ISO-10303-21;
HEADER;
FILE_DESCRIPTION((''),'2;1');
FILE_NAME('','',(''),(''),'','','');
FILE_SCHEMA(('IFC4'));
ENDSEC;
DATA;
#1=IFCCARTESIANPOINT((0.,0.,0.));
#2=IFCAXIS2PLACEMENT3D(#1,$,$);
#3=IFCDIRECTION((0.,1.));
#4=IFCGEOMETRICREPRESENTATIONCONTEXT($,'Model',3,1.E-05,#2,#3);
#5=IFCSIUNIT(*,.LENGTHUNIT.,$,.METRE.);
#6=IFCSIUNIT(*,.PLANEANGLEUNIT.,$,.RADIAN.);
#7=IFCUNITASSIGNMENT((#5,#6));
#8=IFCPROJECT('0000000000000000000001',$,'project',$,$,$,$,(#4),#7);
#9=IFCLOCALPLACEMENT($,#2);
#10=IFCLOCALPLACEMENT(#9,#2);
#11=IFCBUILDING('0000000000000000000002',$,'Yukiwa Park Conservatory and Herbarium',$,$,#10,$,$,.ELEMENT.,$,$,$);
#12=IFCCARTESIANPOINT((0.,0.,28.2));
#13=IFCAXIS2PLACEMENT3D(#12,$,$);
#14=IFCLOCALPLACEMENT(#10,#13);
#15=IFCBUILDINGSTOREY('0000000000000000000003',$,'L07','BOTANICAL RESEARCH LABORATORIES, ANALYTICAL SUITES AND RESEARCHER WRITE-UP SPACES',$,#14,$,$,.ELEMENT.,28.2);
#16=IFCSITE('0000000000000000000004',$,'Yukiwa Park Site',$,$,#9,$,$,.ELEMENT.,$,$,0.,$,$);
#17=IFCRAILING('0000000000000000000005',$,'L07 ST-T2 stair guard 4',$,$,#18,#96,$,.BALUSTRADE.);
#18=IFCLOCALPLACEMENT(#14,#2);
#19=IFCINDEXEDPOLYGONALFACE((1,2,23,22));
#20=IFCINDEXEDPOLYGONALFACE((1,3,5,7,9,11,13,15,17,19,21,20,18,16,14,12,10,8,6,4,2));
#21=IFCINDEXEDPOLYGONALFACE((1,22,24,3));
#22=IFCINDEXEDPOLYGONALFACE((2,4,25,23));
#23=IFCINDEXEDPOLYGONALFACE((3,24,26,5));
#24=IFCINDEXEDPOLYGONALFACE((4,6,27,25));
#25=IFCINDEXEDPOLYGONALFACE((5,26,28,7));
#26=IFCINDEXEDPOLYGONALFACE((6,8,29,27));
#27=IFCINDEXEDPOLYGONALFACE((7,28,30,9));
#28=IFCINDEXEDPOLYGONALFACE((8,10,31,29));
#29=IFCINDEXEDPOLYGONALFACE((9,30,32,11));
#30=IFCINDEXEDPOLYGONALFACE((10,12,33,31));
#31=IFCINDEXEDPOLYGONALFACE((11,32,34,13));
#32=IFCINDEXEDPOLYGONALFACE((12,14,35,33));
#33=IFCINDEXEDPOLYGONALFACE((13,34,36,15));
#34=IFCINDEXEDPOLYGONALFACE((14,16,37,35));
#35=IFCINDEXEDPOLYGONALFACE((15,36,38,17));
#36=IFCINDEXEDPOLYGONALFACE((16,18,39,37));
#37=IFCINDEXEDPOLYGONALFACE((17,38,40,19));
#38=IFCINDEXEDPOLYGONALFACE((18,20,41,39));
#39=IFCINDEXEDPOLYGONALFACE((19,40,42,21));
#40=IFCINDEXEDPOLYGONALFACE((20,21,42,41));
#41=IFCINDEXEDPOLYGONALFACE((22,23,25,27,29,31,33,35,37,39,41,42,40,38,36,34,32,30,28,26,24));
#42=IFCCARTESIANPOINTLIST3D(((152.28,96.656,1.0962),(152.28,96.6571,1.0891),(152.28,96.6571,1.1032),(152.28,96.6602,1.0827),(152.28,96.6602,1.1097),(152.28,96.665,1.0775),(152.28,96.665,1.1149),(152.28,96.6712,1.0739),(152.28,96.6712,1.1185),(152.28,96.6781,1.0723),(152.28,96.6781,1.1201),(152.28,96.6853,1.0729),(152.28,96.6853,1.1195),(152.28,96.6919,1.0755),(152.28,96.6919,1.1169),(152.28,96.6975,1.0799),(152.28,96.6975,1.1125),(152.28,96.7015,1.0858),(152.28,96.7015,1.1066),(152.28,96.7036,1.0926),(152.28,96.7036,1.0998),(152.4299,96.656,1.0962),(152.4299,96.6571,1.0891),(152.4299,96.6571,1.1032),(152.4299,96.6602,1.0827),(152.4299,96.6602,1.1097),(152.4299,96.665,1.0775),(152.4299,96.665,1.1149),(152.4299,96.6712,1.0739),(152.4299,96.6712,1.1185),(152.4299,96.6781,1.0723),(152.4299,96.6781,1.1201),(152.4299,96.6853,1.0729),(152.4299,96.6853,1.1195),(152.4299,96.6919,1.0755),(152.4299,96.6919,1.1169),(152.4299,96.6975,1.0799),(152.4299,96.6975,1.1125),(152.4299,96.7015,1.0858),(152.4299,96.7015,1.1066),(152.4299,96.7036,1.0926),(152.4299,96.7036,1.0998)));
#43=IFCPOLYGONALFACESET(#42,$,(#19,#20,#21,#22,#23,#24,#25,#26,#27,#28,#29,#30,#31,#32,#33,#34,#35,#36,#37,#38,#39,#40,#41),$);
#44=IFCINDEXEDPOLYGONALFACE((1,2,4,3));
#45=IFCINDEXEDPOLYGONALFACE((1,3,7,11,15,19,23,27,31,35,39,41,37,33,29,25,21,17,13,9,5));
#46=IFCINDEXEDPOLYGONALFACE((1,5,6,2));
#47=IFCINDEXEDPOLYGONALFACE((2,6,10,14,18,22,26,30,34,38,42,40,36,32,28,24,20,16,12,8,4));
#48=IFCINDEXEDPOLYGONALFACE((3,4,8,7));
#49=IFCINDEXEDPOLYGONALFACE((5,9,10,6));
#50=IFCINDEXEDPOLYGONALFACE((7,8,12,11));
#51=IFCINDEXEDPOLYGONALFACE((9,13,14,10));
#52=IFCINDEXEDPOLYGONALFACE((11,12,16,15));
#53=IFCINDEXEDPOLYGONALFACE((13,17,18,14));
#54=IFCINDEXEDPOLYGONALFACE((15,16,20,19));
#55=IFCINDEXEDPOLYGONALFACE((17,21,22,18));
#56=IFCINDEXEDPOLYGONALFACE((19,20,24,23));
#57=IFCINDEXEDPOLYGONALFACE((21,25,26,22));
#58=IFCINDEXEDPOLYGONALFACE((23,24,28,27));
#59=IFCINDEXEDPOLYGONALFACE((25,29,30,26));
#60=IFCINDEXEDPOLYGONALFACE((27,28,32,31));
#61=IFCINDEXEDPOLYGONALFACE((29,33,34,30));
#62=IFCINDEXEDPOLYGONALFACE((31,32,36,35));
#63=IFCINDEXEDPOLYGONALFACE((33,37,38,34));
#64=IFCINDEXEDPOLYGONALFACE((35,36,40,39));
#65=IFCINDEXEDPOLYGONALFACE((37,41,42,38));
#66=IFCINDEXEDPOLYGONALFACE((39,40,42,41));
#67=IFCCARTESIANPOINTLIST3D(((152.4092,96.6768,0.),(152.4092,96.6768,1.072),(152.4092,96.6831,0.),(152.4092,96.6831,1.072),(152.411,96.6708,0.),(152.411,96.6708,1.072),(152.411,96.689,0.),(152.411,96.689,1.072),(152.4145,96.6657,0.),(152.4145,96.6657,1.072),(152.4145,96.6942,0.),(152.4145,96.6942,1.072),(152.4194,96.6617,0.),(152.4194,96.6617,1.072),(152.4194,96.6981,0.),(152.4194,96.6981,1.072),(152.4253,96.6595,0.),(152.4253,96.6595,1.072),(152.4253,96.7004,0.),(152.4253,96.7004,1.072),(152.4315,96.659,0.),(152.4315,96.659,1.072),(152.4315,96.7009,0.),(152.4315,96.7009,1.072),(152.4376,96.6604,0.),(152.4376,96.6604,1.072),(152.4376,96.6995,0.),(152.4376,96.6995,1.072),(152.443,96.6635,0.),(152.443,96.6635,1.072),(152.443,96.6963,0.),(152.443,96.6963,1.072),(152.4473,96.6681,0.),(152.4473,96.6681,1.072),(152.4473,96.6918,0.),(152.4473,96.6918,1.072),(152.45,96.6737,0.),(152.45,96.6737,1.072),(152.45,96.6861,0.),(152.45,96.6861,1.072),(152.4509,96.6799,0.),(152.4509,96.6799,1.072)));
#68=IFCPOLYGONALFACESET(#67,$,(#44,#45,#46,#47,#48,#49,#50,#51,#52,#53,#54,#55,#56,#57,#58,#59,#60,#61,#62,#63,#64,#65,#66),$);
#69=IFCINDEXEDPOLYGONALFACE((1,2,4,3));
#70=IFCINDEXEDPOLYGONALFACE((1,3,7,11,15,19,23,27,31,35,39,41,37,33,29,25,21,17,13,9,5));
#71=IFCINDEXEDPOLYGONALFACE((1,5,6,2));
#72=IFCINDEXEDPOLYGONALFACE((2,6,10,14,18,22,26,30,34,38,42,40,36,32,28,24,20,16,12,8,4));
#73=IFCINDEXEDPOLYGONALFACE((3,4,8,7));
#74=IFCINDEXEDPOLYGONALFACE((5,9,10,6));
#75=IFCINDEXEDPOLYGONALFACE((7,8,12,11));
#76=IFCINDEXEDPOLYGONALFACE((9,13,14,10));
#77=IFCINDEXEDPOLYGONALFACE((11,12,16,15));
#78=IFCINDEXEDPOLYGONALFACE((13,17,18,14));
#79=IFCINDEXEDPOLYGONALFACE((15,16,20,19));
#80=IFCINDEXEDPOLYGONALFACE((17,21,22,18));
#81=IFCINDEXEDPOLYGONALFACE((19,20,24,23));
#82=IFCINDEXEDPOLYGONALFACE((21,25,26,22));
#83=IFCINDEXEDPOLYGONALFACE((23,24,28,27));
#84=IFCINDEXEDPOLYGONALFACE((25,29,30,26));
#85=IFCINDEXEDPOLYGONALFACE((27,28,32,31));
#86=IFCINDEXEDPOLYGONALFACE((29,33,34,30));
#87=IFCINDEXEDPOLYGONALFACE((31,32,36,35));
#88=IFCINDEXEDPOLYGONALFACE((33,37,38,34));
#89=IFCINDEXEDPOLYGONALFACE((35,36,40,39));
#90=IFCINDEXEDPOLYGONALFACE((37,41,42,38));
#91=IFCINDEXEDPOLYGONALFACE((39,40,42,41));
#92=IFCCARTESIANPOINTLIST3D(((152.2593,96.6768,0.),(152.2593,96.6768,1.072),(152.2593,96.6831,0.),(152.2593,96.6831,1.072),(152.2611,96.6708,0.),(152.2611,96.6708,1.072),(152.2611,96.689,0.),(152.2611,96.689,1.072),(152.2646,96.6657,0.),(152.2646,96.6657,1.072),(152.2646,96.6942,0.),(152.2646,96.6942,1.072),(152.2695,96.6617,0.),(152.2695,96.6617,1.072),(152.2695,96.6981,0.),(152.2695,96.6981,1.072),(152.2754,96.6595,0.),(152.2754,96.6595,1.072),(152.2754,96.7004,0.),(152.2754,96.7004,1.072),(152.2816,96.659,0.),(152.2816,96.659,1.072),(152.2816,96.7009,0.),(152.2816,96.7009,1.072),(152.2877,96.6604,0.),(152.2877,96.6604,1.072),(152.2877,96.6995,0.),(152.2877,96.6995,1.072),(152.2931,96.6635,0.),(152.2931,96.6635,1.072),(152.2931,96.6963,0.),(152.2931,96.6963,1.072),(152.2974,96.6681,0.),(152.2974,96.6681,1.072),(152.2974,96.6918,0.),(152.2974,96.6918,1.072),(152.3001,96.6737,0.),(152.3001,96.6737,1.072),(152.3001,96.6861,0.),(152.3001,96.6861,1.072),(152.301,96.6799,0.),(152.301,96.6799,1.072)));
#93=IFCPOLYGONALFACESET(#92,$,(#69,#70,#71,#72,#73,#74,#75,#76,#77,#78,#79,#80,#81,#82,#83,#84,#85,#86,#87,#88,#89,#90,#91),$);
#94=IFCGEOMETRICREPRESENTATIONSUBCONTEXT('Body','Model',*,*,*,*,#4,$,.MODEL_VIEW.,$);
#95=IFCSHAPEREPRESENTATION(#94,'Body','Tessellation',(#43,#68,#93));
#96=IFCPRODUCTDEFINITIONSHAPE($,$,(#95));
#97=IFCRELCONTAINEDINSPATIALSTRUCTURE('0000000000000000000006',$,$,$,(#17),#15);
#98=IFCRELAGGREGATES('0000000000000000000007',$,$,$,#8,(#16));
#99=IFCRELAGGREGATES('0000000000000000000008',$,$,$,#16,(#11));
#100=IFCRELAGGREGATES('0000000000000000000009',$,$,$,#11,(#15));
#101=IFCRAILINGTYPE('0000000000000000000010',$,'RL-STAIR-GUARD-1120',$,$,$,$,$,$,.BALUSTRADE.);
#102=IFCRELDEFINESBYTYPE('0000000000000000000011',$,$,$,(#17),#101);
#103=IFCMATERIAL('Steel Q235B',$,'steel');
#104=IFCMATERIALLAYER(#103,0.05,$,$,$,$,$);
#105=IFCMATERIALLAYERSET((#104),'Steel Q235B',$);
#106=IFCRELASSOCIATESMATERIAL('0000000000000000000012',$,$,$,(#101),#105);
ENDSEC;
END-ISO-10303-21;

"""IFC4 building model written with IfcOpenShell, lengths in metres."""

from ifc_helpers import new_model, si_unit, direction, frame, origin, origin_2d, place, context, subcontext, project, spatial, circle, extrude, material, layer, layer_set, type_object, element, save


model = new_model("IFC4")

# Units and contexts
model_context = context("Model", 3, precision=1e-05, world=origin(), true_north=direction((0.0, 1.0)))
body_context = subcontext(model_context, "Body", "Model", "MODEL_VIEW")
ifc_project = project(units=[si_unit("LENGTHUNIT", "METRE"), si_unit("PLANEANGLEUNIT", "RADIAN")], contexts=[model_context])

# Site, building, storey
site_placement = place(None, origin())
site = spatial("IfcSite", under=ifc_project, at=site_placement, Name="Yukiwa Park Site", CompositionType="ELEMENT", RefElevation=0.0)
building_placement = place(site_placement, origin())
building = spatial("IfcBuilding", under=site, at=building_placement, Name="Yukiwa Park Conservatory and Herbarium", CompositionType="ELEMENT")
storey_placement = place(building_placement, frame((0.0, 0.0, 28.2)))
storey = spatial("IfcBuildingStorey", under=building, at=storey_placement, Name="L07", Description="BOTANICAL RESEARCH LABORATORIES, ANALYTICAL SUITES AND RESEARCHER WRITE-UP SPACES", CompositionType="ELEMENT", Elevation=28.2)

# Railing
ifc_material_1 = material(Name="Steel Q235B", Category="steel")
ifc_layer_1 = layer(ifc_material_1, 0.05)
ifc_layer_set_1 = layer_set([ifc_layer_1], Name="Steel Q235B")
railing_type_1 = type_object("IfcRailingType", Name="RL-STAIR-GUARD-1120", PredefinedType="BALUSTRADE", material=ifc_layer_set_1)
railing_1_placement = place(storey_placement, frame((152.4299, 96.6799, 0.0)))
element("IfcRailing", 1, at=railing_1_placement, inside=storey, type_object=railing_type_1, Name="L07 ST-T2 stair guard 4", PredefinedType="BALUSTRADE", context=body_context, shape_type="SweptSolid", body=[
    extrude(circle(Radius=0.0239, at=origin_2d()), frame((0.0, 0.0, 1.0962), z_axis=(-1.0, 0.0, 0.0), x_axis=(0.0, -1.0, 0.0)), (0.0, 0.0, 1.0), 0.1499),
    extrude(circle(Radius=0.021, at=origin_2d()), origin(), (0.0, 0.0, 1.0), 1.072),
    extrude(circle(Radius=0.021, at=origin_2d()), frame((-0.1499, 0.0, 0.0)), (0.0, 0.0, 1.0), 1.072),
])

save(model, "model.ifc")
